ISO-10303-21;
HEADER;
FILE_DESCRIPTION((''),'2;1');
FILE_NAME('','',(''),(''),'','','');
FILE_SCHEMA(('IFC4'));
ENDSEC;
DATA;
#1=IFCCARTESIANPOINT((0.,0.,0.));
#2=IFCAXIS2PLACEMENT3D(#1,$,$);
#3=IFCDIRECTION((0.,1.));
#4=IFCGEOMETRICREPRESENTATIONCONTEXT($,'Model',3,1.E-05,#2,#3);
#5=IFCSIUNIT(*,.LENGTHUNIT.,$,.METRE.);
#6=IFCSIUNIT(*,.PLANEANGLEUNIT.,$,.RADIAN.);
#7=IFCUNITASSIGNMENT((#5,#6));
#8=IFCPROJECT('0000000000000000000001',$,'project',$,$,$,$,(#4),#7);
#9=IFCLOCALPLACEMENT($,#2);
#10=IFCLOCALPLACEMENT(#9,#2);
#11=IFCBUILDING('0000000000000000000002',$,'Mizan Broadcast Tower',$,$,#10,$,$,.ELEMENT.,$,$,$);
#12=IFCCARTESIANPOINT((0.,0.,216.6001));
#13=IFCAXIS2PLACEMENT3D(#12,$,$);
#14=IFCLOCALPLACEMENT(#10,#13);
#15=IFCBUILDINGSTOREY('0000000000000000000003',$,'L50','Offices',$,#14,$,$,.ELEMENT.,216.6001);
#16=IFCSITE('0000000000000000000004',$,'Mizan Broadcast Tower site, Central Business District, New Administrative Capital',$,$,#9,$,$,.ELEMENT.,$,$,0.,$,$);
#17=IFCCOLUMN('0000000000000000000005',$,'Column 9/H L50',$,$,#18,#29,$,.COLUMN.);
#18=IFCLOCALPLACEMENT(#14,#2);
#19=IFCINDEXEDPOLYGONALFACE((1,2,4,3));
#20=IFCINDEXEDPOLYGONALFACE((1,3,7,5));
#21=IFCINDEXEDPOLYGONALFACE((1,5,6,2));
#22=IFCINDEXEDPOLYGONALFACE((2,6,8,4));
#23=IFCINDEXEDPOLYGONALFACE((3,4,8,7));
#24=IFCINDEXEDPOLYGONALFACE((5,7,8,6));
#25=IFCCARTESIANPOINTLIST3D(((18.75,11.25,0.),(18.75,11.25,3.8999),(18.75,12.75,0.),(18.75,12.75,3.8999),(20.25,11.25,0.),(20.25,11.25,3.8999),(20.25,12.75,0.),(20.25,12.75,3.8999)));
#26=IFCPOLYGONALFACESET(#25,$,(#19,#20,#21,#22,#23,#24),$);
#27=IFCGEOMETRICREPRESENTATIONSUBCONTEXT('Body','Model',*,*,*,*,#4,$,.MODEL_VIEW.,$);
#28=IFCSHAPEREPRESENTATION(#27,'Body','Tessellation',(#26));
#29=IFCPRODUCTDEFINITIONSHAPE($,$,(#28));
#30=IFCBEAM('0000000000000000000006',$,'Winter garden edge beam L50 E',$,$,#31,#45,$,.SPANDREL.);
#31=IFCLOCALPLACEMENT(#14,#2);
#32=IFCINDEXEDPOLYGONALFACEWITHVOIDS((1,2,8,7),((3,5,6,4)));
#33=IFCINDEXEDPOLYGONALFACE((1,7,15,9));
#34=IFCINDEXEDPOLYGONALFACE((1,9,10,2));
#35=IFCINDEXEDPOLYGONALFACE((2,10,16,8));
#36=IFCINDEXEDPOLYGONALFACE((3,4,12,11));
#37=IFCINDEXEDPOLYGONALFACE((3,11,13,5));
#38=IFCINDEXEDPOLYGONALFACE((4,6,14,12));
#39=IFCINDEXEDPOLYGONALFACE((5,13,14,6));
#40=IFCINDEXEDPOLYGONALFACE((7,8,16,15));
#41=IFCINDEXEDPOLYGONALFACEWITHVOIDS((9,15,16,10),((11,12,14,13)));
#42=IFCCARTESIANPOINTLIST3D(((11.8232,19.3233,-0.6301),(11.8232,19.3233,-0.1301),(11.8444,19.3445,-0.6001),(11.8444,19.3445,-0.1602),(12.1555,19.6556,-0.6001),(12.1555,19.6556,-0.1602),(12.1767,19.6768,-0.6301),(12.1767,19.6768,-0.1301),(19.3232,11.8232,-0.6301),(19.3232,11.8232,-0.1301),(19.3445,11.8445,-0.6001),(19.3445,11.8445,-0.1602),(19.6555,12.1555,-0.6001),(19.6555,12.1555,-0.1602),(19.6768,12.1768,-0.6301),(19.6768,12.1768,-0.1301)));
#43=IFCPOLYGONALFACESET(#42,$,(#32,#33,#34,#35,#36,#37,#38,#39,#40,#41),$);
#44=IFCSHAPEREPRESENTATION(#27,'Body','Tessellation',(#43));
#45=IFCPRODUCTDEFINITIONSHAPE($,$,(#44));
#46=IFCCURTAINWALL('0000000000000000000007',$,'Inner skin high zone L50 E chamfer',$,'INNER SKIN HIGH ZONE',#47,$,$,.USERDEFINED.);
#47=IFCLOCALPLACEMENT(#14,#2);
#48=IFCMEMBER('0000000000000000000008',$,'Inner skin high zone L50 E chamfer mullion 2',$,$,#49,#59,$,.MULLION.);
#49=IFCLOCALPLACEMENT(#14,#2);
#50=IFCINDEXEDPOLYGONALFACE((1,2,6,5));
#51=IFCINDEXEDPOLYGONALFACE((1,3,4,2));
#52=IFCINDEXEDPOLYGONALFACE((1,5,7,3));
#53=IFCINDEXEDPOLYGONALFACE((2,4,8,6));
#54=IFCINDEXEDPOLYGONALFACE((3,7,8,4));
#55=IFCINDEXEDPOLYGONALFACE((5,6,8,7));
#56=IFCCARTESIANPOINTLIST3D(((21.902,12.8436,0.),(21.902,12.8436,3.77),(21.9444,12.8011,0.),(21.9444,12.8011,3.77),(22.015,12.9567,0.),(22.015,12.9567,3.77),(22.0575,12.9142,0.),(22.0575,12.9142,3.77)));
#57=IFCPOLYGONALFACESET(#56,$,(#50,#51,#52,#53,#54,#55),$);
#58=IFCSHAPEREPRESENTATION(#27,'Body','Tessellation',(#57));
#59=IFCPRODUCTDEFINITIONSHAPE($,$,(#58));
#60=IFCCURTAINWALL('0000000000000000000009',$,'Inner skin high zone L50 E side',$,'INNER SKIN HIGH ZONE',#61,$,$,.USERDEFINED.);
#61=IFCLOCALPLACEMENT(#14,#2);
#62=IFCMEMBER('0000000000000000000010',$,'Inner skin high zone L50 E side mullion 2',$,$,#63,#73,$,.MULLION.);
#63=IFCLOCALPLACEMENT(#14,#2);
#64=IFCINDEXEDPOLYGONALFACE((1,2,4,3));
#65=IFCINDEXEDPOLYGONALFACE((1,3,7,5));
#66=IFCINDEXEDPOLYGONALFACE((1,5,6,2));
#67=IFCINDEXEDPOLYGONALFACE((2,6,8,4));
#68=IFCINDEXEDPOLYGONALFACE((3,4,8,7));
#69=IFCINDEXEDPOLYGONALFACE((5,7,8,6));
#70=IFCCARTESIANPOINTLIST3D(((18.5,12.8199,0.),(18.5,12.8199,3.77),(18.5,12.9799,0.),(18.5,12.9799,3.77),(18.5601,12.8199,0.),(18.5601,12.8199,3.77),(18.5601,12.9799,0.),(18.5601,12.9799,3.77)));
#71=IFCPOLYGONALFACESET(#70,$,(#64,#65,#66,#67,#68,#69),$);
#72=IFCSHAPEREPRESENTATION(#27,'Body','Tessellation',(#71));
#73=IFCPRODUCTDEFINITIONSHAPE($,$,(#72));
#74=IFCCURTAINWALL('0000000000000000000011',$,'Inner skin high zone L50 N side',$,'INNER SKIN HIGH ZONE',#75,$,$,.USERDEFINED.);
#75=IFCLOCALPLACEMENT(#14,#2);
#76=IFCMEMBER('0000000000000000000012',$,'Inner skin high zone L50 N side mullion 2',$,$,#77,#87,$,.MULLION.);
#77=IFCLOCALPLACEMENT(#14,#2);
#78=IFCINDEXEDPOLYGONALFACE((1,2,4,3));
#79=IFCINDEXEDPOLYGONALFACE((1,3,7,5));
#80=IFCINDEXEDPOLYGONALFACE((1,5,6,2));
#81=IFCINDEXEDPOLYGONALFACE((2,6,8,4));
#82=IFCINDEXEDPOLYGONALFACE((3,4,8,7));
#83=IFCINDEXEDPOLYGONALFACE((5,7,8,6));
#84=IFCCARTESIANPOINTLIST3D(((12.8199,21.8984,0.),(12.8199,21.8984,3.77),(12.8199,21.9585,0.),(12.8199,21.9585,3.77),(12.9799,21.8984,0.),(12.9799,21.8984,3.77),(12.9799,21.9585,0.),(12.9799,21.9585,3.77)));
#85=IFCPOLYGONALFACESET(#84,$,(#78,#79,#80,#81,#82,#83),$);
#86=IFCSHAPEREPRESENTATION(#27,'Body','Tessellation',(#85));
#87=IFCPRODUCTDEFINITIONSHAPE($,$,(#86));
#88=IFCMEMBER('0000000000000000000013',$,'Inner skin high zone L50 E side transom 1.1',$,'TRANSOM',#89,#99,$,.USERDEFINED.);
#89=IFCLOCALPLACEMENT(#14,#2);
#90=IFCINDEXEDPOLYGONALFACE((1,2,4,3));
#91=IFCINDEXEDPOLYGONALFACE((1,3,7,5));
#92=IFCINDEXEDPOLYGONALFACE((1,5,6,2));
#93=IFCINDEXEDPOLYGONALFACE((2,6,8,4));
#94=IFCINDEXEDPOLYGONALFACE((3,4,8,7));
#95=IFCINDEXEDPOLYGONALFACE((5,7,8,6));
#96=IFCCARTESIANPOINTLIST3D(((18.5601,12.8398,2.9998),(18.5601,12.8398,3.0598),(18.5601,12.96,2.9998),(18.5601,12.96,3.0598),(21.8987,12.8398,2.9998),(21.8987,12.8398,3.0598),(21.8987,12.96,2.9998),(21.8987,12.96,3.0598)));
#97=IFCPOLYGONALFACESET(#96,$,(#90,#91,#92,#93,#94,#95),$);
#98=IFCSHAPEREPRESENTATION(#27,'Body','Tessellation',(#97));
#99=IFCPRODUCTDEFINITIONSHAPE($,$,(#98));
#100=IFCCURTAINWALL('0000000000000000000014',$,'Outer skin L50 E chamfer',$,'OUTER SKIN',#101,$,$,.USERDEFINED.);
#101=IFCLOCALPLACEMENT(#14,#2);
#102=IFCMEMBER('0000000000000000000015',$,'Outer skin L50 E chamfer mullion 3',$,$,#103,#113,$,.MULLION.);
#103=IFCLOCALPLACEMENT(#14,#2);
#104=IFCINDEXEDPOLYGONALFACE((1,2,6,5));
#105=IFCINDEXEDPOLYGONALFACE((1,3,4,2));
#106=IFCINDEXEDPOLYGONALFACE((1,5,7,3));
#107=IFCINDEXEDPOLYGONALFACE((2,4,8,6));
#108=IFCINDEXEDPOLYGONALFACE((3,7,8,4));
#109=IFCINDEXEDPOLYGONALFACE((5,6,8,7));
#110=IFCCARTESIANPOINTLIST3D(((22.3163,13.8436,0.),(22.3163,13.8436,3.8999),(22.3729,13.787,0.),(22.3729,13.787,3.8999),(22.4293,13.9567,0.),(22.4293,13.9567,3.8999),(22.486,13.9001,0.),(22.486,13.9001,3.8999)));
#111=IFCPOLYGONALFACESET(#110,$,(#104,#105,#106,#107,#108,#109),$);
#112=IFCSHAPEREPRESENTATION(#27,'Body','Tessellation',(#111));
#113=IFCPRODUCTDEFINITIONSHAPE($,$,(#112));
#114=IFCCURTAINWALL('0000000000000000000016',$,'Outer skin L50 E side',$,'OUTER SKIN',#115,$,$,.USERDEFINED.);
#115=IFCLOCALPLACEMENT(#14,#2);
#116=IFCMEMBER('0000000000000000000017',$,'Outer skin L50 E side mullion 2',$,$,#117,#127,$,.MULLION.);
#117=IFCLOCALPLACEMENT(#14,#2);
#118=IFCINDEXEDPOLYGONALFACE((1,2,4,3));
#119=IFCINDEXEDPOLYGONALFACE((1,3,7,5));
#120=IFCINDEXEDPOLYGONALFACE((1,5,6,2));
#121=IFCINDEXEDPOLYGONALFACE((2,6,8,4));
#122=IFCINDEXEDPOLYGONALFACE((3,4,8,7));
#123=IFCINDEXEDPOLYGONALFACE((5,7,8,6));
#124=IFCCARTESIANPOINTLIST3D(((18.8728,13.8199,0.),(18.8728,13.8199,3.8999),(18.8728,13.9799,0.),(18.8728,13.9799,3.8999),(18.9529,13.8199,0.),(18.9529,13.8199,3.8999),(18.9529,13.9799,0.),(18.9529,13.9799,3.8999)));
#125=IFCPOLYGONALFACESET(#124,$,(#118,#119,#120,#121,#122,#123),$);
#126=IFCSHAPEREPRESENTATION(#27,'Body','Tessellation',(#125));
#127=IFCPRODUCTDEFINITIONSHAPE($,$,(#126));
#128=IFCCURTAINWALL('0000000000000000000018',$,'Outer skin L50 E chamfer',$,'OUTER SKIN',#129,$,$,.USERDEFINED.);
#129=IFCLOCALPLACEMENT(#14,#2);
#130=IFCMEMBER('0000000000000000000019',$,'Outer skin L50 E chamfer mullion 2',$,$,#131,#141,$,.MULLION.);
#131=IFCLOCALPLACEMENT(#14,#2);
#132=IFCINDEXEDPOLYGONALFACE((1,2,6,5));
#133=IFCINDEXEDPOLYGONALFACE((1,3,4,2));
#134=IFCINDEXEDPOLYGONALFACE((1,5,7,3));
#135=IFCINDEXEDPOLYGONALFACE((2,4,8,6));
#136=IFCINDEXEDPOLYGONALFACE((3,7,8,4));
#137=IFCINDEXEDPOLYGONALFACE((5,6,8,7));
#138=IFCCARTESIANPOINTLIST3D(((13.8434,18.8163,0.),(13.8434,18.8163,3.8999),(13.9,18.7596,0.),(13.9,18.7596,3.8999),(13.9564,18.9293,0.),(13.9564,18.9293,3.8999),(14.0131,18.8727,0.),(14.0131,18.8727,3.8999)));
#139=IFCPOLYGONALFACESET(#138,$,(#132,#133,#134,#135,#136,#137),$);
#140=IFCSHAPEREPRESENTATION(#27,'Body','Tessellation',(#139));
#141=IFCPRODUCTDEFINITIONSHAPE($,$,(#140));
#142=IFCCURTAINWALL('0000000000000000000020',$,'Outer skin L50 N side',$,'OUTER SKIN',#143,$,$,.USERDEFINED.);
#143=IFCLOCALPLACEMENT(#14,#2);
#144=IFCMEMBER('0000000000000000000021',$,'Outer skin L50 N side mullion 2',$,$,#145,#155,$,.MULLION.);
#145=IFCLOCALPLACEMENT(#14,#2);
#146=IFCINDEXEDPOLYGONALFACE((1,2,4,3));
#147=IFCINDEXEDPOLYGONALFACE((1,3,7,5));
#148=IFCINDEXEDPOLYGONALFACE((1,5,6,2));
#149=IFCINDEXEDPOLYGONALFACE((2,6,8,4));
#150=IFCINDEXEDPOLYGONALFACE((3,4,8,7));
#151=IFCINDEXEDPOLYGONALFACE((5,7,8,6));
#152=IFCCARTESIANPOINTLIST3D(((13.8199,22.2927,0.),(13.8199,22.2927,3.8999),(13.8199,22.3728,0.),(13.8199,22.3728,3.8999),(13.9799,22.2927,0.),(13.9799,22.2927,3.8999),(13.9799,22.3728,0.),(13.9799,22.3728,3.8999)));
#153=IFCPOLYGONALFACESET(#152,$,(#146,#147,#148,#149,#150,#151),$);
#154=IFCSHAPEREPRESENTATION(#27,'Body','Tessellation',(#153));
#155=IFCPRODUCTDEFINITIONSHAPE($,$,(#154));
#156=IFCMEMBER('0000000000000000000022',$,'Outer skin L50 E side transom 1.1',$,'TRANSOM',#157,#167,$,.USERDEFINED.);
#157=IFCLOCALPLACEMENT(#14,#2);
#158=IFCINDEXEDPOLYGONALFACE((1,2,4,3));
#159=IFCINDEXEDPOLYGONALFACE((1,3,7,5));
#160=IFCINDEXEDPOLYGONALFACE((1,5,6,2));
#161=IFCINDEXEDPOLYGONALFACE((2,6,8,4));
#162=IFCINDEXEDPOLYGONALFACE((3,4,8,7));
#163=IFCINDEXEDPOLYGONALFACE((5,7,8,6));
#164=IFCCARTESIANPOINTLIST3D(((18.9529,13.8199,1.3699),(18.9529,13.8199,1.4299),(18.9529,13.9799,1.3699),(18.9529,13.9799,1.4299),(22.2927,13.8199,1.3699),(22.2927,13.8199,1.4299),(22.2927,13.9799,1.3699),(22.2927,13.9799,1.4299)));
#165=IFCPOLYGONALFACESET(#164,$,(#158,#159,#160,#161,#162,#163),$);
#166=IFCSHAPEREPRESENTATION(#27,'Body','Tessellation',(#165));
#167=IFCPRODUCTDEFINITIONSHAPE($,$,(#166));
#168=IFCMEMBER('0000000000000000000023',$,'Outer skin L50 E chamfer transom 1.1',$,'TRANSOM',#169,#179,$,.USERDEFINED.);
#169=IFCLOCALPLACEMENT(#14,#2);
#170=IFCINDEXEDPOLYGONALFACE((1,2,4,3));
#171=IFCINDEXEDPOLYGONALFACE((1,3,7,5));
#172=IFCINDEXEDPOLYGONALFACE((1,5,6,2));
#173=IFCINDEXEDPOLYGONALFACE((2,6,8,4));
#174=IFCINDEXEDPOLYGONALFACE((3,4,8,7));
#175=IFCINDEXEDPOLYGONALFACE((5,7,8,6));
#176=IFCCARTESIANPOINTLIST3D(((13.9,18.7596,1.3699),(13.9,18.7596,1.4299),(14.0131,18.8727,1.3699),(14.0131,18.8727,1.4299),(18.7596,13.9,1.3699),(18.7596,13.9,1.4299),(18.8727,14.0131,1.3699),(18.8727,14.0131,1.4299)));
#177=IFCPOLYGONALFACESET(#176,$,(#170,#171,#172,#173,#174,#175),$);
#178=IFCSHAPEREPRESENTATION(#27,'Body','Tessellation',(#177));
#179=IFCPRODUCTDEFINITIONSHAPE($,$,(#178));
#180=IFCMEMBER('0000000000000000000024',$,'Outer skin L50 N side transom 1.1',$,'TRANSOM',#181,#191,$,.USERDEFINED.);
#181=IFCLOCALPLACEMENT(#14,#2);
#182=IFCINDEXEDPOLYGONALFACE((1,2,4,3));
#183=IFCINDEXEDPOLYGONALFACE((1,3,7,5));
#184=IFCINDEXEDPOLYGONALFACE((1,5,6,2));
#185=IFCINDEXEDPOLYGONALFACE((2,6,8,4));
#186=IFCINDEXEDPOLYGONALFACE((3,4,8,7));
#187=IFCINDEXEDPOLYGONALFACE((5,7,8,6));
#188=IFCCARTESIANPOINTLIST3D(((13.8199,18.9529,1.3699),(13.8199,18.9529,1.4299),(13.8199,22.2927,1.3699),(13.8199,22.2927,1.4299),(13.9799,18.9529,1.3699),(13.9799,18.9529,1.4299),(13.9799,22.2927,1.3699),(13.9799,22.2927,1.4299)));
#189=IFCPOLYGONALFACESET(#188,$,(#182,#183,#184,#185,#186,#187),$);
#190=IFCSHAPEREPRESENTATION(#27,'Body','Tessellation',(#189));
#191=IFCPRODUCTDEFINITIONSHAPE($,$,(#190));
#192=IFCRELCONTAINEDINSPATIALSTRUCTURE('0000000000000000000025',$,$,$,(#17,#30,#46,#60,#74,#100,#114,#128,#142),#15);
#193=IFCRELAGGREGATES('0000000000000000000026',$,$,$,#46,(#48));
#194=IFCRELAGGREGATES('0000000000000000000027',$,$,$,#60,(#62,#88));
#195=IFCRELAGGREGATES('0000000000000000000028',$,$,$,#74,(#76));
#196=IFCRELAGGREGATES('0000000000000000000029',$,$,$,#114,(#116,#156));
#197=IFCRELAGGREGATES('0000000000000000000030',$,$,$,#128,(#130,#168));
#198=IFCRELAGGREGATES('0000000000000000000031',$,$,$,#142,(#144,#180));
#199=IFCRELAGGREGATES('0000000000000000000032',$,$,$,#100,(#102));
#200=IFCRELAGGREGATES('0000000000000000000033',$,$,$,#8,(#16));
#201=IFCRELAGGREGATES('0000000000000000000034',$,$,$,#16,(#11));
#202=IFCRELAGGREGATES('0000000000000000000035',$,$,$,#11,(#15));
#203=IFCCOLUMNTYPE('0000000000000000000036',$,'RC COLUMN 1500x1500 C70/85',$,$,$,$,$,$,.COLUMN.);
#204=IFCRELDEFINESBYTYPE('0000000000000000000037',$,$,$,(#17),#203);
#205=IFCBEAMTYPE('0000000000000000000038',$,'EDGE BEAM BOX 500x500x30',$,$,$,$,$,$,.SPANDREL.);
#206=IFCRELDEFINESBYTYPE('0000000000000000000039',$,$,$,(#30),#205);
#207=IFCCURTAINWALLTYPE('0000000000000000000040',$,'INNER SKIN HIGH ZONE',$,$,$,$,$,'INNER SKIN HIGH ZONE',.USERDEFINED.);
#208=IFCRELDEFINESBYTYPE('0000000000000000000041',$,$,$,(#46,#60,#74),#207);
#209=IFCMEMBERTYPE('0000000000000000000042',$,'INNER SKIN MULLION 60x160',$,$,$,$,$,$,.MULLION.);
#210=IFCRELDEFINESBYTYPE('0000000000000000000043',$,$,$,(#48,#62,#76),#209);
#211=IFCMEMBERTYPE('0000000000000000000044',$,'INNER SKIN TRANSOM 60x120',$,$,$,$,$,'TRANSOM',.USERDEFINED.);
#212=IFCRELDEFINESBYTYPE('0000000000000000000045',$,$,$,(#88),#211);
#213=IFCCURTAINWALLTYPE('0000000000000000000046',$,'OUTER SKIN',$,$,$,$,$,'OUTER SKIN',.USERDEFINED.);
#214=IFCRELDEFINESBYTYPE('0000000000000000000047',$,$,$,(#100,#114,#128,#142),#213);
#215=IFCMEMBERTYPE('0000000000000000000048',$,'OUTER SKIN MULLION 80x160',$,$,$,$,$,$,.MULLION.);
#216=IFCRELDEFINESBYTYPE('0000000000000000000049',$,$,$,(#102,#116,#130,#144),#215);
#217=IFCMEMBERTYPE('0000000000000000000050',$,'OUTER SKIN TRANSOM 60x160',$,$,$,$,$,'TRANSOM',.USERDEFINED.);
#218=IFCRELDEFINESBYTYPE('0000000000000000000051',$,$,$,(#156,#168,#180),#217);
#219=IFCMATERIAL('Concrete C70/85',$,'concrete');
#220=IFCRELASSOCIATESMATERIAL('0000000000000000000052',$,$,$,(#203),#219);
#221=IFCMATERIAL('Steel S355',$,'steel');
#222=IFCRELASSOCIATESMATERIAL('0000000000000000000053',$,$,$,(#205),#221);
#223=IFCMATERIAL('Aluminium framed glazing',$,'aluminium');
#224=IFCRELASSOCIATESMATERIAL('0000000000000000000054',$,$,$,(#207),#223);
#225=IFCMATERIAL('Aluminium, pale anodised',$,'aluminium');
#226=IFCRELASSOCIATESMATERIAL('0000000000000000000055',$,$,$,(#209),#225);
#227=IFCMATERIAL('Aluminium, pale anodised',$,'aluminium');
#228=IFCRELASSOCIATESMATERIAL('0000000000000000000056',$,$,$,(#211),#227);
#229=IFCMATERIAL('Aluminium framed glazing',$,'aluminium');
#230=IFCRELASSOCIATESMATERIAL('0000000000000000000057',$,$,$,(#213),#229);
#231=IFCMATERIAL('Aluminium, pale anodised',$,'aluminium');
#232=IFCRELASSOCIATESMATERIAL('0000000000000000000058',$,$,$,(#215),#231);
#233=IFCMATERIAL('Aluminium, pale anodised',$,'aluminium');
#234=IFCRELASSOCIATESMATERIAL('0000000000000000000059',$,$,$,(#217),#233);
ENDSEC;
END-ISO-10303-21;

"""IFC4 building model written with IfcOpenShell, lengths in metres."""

from ifc_helpers import new_model, si_unit, direction, frame, origin, origin_2d, place, context, subcontext, project, spatial, rectangle, hollow_rectangle, extrude, material, material_profile, profile_set, type_object, element, aggregate, save


model = new_model("IFC4")

# Units and contexts
model_context = context("Model", 3, precision=1e-05, world=origin(), true_north=direction((0.0, 1.0)))
body_context = subcontext(model_context, "Body", "Model", "MODEL_VIEW")
ifc_project = project(units=[si_unit("LENGTHUNIT", "METRE"), si_unit("PLANEANGLEUNIT", "RADIAN")], contexts=[model_context])

# Site, building, storey
site_placement = place(None, origin())
site = spatial("IfcSite", under=ifc_project, at=site_placement, Name="Mizan Broadcast Tower site, Central Business District, New Administrative Capital", CompositionType="ELEMENT", RefElevation=0.0)
building_placement = place(site_placement, origin())
building = spatial("IfcBuilding", under=site, at=building_placement, Name="Mizan Broadcast Tower", CompositionType="ELEMENT")
storey_placement = place(building_placement, frame((0.0, 0.0, 216.6001)))
storey = spatial("IfcBuildingStorey", under=building, at=storey_placement, Name="L50", Description="Offices", CompositionType="ELEMENT", Elevation=216.6001)

# Column
ifc_material_1 = material(Name="Concrete C70/85", Category="concrete")
ifc_material_profile_1 = material_profile(ifc_material_1, rectangle(XDim=1.5, YDim=1.5, at=origin_2d()), Name="RC 1500x1500")
ifc_profile_set_1 = profile_set([ifc_material_profile_1], Name="Concrete C70/85")
column_type = type_object("IfcColumnType", Name="RC COLUMN 1500x1500 C70/85", PredefinedType="COLUMN", material=ifc_profile_set_1)
column_placement = place(storey_placement, frame((19.5, 12.0, 0.0), z_axis=(0.0, 0.0, 1.0), x_axis=(1.0, 0.0, 0.0)))
element("IfcColumn", 1, at=column_placement, inside=storey, type_object=column_type, Name="Column 9/H L50", PredefinedType="COLUMN", context=body_context, shape_type="SweptSolid", body=[
    extrude(rectangle(XDim=1.5, YDim=1.5, at=origin_2d()), origin(), (0.0, 0.0, 1.0), 3.8999),
])

# Beam
ifc_material_2 = material(Name="Steel S355", Category="steel")
ifc_material_profile_2 = material_profile(ifc_material_2, hollow_rectangle(XDim=0.5, YDim=0.5, WallThickness=0.03, at=origin_2d()), Name="BOX 500x500x30")
ifc_profile_set_2 = profile_set([ifc_material_profile_2], Name="Steel S355")
beam_type = type_object("IfcBeamType", Name="EDGE BEAM BOX 500x500x30", PredefinedType="SPANDREL", material=ifc_profile_set_2)
beam_placement = place(storey_placement, frame((19.5, 12.0, -0.3801), z_axis=(-0.707107, 0.707107, 0.0), x_axis=(-0.707107, -0.707107, 0.0)))
element("IfcBeam", 2, at=beam_placement, inside=storey, type_object=beam_type, Name="Winter garden edge beam L50 E", PredefinedType="SPANDREL", context=body_context, shape_type="SweptSolid", body=[
    extrude(hollow_rectangle(XDim=0.5, YDim=0.5, WallThickness=0.03, at=origin_2d()), origin(), (0.0, 0.0, 1.0), 10.6067),
])

# Curtain walls, members
ifc_material_3 = material(Name="Aluminium framed glazing", Category="aluminium")
curtain_wall_type_1 = type_object("IfcCurtainWallType", Name="INNER SKIN HIGH ZONE", ElementType="INNER SKIN HIGH ZONE", PredefinedType="USERDEFINED", material=ifc_material_3)
curtain_wall_1_placement = place(storey_placement, origin())
curtain_wall_1 = element("IfcCurtainWall", 3, at=curtain_wall_1_placement, inside=storey, type_object=curtain_wall_type_1, Name="Inner skin high zone L50 E chamfer", ObjectType="INNER SKIN HIGH ZONE", PredefinedType="USERDEFINED")
ifc_material_4 = material(Name="Aluminium, pale anodised", Category="aluminium")
ifc_material_profile_3 = material_profile(ifc_material_4, rectangle(XDim=0.1599, YDim=0.0601, at=origin_2d()), Name="MULLION 160x60")
ifc_profile_set_3 = profile_set([ifc_material_profile_3], Name="Aluminium, pale anodised")
member_type_1 = type_object("IfcMemberType", Name="INNER SKIN MULLION 60x160", PredefinedType="MULLION", material=ifc_profile_set_3)
member_1_placement = place(storey_placement, frame((21.9797, 12.8789, 0.0), z_axis=(0.0, 0.0, 1.0), x_axis=(-0.707107, -0.707107, 0.0)))
member_1 = element("IfcMember", 4, at=member_1_placement, type_object=member_type_1, Name="Inner skin high zone L50 E chamfer mullion 2", PredefinedType="MULLION", context=body_context, shape_type="SweptSolid", body=[
    extrude(rectangle(XDim=0.1599, YDim=0.0601, at=origin_2d()), origin(), (0.0, 0.0, 1.0), 3.77),
])
aggregate(curtain_wall_1, [member_1])
curtain_wall_2_placement = place(storey_placement, origin())
curtain_wall_2 = element("IfcCurtainWall", 5, at=curtain_wall_2_placement, inside=storey, type_object=curtain_wall_type_1, Name="Inner skin high zone L50 E side", ObjectType="INNER SKIN HIGH ZONE", PredefinedType="USERDEFINED")
member_2_placement = place(storey_placement, frame((18.53, 12.8999, 0.0), z_axis=(0.0, 0.0, 1.0), x_axis=(0.0, -1.0, 0.0)))
member_2 = element("IfcMember", 6, at=member_2_placement, type_object=member_type_1, Name="Inner skin high zone L50 E side mullion 2", PredefinedType="MULLION", context=body_context, shape_type="SweptSolid", body=[
    extrude(rectangle(XDim=0.1599, YDim=0.0601, at=origin_2d()), origin(), (0.0, 0.0, 1.0), 3.77),
])
curtain_wall_3_placement = place(storey_placement, origin())
curtain_wall_3 = element("IfcCurtainWall", 7, at=curtain_wall_3_placement, inside=storey, type_object=curtain_wall_type_1, Name="Inner skin high zone L50 N side", ObjectType="INNER SKIN HIGH ZONE", PredefinedType="USERDEFINED")
member_3_placement = place(storey_placement, frame((12.8999, 21.9285, 0.0), z_axis=(0.0, 0.0, 1.0), x_axis=(-1.0, 0.0, 0.0)))
member_3 = element("IfcMember", 8, at=member_3_placement, type_object=member_type_1, Name="Inner skin high zone L50 N side mullion 2", PredefinedType="MULLION", context=body_context, shape_type="SweptSolid", body=[
    extrude(rectangle(XDim=0.1599, YDim=0.0601, at=origin_2d()), origin(), (0.0, 0.0, 1.0), 3.77),
])

# Member
ifc_material_5 = material(Name="Aluminium, pale anodised", Category="aluminium")
ifc_material_profile_4 = material_profile(ifc_material_5, rectangle(XDim=0.1201, YDim=0.0601, at=origin_2d()), Name="TRANSOM 120x60")
ifc_profile_set_4 = profile_set([ifc_material_profile_4], Name="Aluminium, pale anodised")
member_type_2 = type_object("IfcMemberType", Name="INNER SKIN TRANSOM 60x120", ElementType="TRANSOM", PredefinedType="USERDEFINED", material=ifc_profile_set_4)
member_4_placement = place(storey_placement, frame((21.8987, 12.8999, 3.0298), z_axis=(-1.0, 0.0, 0.0), x_axis=(0.0, -1.0, 0.0)))
member_4 = element("IfcMember", 9, at=member_4_placement, type_object=member_type_2, Name="Inner skin high zone L50 E side transom 1.1", ObjectType="TRANSOM", PredefinedType="USERDEFINED", context=body_context, shape_type="SweptSolid", body=[
    extrude(rectangle(XDim=0.1201, YDim=0.0601, at=origin_2d()), origin(), (0.0, 0.0, 1.0), 3.3386),
])

# Curtain walls, members
ifc_material_6 = material(Name="Aluminium framed glazing", Category="aluminium")
curtain_wall_type_2 = type_object("IfcCurtainWallType", Name="OUTER SKIN", ElementType="OUTER SKIN", PredefinedType="USERDEFINED", material=ifc_material_6)
curtain_wall_4_placement = place(storey_placement, origin())
curtain_wall_4 = element("IfcCurtainWall", 10, at=curtain_wall_4_placement, inside=storey, type_object=curtain_wall_type_2, Name="Outer skin L50 E chamfer", ObjectType="OUTER SKIN", PredefinedType="USERDEFINED")
ifc_material_7 = material(Name="Aluminium, pale anodised", Category="aluminium")
ifc_material_profile_5 = material_profile(ifc_material_7, rectangle(XDim=0.1599, YDim=0.0801, at=origin_2d()), Name="MULLION 160x80")
ifc_profile_set_5 = profile_set([ifc_material_profile_5], Name="Aluminium, pale anodised")
member_type_3 = type_object("IfcMemberType", Name="OUTER SKIN MULLION 80x160", PredefinedType="MULLION", material=ifc_profile_set_5)
member_5_placement = place(storey_placement, frame((22.4011, 13.8718, 0.0), z_axis=(0.0, 0.0, 1.0), x_axis=(-0.707107, -0.707107, 0.0)))
member_5 = element("IfcMember", 11, at=member_5_placement, type_object=member_type_3, Name="Outer skin L50 E chamfer mullion 3", PredefinedType="MULLION", context=body_context, shape_type="SweptSolid", body=[
    extrude(rectangle(XDim=0.1599, YDim=0.0801, at=origin_2d()), origin(), (0.0, 0.0, 1.0), 3.8999),
])
curtain_wall_5_placement = place(storey_placement, origin())
curtain_wall_5 = element("IfcCurtainWall", 12, at=curtain_wall_5_placement, inside=storey, type_object=curtain_wall_type_2, Name="Outer skin L50 E side", ObjectType="OUTER SKIN", PredefinedType="USERDEFINED")
member_6_placement = place(storey_placement, frame((18.9128, 13.8999, 0.0), z_axis=(0.0, 0.0, 1.0), x_axis=(0.0, -1.0, 0.0)))
member_6 = element("IfcMember", 13, at=member_6_placement, type_object=member_type_3, Name="Outer skin L50 E side mullion 2", PredefinedType="MULLION", context=body_context, shape_type="SweptSolid", body=[
    extrude(rectangle(XDim=0.1599, YDim=0.0801, at=origin_2d()), origin(), (0.0, 0.0, 1.0), 3.8999),
])
curtain_wall_6_placement = place(storey_placement, origin())
curtain_wall_6 = element("IfcCurtainWall", 14, at=curtain_wall_6_placement, inside=storey, type_object=curtain_wall_type_2, Name="Outer skin L50 E chamfer", ObjectType="OUTER SKIN", PredefinedType="USERDEFINED")
member_7_placement = place(storey_placement, frame((13.9282, 18.8445, 0.0), z_axis=(0.0, 0.0, 1.0), x_axis=(-0.707107, -0.707107, 0.0)))
member_7 = element("IfcMember", 15, at=member_7_placement, type_object=member_type_3, Name="Outer skin L50 E chamfer mullion 2", PredefinedType="MULLION", context=body_context, shape_type="SweptSolid", body=[
    extrude(rectangle(XDim=0.1599, YDim=0.0801, at=origin_2d()), origin(), (0.0, 0.0, 1.0), 3.8999),
])
curtain_wall_7_placement = place(storey_placement, origin())
curtain_wall_7 = element("IfcCurtainWall", 16, at=curtain_wall_7_placement, inside=storey, type_object=curtain_wall_type_2, Name="Outer skin L50 N side", ObjectType="OUTER SKIN", PredefinedType="USERDEFINED")
member_8_placement = place(storey_placement, frame((13.8999, 22.3328, 0.0), z_axis=(0.0, 0.0, 1.0), x_axis=(-1.0, 0.0, 0.0)))
member_8 = element("IfcMember", 17, at=member_8_placement, type_object=member_type_3, Name="Outer skin L50 N side mullion 2", PredefinedType="MULLION", context=body_context, shape_type="SweptSolid", body=[
    extrude(rectangle(XDim=0.1599, YDim=0.0801, at=origin_2d()), origin(), (0.0, 0.0, 1.0), 3.8999),
])

# Members
ifc_material_8 = material(Name="Aluminium, pale anodised", Category="aluminium")
ifc_material_profile_6 = material_profile(ifc_material_8, rectangle(XDim=0.1599, YDim=0.0601, at=origin_2d()), Name="TRANSOM 160x60")
ifc_profile_set_6 = profile_set([ifc_material_profile_6], Name="Aluminium, pale anodised")
member_type_4 = type_object("IfcMemberType", Name="OUTER SKIN TRANSOM 60x160", ElementType="TRANSOM", PredefinedType="USERDEFINED", material=ifc_profile_set_6)
member_9_placement = place(storey_placement, frame((22.2927, 13.8999, 1.3999), z_axis=(-1.0, 0.0, 0.0), x_axis=(0.0, -1.0, 0.0)))
member_9 = element("IfcMember", 18, at=member_9_placement, type_object=member_type_4, Name="Outer skin L50 E side transom 1.1", ObjectType="TRANSOM", PredefinedType="USERDEFINED", context=body_context, shape_type="SweptSolid", body=[
    extrude(rectangle(XDim=0.1599, YDim=0.0601, at=origin_2d()), origin(), (0.0, 0.0, 1.0), 3.3398),
])
member_10_placement = place(storey_placement, frame((18.8162, 13.9565, 1.3999), z_axis=(-0.707107, 0.707107, 0.0), x_axis=(-0.707107, -0.707107, 0.0)))
member_10 = element("IfcMember", 19, at=member_10_placement, type_object=member_type_4, Name="Outer skin L50 E chamfer transom 1.1", ObjectType="TRANSOM", PredefinedType="USERDEFINED", context=body_context, shape_type="SweptSolid", body=[
    extrude(rectangle(XDim=0.1599, YDim=0.0601, at=origin_2d()), origin(), (0.0, 0.0, 1.0), 6.8726),
])
member_11_placement = place(storey_placement, frame((13.8999, 18.9529, 1.3999), z_axis=(0.0, 1.0, 0.0), x_axis=(-1.0, 0.0, 0.0)))
member_11 = element("IfcMember", 20, at=member_11_placement, type_object=member_type_4, Name="Outer skin L50 N side transom 1.1", ObjectType="TRANSOM", PredefinedType="USERDEFINED", context=body_context, shape_type="SweptSolid", body=[
    extrude(rectangle(XDim=0.1599, YDim=0.0601, at=origin_2d()), origin(), (0.0, 0.0, 1.0), 3.3398),
])

aggregate(curtain_wall_2, [member_2, member_4])
aggregate(curtain_wall_3, [member_3])
aggregate(curtain_wall_5, [member_6, member_9])
aggregate(curtain_wall_6, [member_7, member_10])
aggregate(curtain_wall_7, [member_8, member_11])
aggregate(curtain_wall_4, [member_5])

save(model, "model.ifc")
